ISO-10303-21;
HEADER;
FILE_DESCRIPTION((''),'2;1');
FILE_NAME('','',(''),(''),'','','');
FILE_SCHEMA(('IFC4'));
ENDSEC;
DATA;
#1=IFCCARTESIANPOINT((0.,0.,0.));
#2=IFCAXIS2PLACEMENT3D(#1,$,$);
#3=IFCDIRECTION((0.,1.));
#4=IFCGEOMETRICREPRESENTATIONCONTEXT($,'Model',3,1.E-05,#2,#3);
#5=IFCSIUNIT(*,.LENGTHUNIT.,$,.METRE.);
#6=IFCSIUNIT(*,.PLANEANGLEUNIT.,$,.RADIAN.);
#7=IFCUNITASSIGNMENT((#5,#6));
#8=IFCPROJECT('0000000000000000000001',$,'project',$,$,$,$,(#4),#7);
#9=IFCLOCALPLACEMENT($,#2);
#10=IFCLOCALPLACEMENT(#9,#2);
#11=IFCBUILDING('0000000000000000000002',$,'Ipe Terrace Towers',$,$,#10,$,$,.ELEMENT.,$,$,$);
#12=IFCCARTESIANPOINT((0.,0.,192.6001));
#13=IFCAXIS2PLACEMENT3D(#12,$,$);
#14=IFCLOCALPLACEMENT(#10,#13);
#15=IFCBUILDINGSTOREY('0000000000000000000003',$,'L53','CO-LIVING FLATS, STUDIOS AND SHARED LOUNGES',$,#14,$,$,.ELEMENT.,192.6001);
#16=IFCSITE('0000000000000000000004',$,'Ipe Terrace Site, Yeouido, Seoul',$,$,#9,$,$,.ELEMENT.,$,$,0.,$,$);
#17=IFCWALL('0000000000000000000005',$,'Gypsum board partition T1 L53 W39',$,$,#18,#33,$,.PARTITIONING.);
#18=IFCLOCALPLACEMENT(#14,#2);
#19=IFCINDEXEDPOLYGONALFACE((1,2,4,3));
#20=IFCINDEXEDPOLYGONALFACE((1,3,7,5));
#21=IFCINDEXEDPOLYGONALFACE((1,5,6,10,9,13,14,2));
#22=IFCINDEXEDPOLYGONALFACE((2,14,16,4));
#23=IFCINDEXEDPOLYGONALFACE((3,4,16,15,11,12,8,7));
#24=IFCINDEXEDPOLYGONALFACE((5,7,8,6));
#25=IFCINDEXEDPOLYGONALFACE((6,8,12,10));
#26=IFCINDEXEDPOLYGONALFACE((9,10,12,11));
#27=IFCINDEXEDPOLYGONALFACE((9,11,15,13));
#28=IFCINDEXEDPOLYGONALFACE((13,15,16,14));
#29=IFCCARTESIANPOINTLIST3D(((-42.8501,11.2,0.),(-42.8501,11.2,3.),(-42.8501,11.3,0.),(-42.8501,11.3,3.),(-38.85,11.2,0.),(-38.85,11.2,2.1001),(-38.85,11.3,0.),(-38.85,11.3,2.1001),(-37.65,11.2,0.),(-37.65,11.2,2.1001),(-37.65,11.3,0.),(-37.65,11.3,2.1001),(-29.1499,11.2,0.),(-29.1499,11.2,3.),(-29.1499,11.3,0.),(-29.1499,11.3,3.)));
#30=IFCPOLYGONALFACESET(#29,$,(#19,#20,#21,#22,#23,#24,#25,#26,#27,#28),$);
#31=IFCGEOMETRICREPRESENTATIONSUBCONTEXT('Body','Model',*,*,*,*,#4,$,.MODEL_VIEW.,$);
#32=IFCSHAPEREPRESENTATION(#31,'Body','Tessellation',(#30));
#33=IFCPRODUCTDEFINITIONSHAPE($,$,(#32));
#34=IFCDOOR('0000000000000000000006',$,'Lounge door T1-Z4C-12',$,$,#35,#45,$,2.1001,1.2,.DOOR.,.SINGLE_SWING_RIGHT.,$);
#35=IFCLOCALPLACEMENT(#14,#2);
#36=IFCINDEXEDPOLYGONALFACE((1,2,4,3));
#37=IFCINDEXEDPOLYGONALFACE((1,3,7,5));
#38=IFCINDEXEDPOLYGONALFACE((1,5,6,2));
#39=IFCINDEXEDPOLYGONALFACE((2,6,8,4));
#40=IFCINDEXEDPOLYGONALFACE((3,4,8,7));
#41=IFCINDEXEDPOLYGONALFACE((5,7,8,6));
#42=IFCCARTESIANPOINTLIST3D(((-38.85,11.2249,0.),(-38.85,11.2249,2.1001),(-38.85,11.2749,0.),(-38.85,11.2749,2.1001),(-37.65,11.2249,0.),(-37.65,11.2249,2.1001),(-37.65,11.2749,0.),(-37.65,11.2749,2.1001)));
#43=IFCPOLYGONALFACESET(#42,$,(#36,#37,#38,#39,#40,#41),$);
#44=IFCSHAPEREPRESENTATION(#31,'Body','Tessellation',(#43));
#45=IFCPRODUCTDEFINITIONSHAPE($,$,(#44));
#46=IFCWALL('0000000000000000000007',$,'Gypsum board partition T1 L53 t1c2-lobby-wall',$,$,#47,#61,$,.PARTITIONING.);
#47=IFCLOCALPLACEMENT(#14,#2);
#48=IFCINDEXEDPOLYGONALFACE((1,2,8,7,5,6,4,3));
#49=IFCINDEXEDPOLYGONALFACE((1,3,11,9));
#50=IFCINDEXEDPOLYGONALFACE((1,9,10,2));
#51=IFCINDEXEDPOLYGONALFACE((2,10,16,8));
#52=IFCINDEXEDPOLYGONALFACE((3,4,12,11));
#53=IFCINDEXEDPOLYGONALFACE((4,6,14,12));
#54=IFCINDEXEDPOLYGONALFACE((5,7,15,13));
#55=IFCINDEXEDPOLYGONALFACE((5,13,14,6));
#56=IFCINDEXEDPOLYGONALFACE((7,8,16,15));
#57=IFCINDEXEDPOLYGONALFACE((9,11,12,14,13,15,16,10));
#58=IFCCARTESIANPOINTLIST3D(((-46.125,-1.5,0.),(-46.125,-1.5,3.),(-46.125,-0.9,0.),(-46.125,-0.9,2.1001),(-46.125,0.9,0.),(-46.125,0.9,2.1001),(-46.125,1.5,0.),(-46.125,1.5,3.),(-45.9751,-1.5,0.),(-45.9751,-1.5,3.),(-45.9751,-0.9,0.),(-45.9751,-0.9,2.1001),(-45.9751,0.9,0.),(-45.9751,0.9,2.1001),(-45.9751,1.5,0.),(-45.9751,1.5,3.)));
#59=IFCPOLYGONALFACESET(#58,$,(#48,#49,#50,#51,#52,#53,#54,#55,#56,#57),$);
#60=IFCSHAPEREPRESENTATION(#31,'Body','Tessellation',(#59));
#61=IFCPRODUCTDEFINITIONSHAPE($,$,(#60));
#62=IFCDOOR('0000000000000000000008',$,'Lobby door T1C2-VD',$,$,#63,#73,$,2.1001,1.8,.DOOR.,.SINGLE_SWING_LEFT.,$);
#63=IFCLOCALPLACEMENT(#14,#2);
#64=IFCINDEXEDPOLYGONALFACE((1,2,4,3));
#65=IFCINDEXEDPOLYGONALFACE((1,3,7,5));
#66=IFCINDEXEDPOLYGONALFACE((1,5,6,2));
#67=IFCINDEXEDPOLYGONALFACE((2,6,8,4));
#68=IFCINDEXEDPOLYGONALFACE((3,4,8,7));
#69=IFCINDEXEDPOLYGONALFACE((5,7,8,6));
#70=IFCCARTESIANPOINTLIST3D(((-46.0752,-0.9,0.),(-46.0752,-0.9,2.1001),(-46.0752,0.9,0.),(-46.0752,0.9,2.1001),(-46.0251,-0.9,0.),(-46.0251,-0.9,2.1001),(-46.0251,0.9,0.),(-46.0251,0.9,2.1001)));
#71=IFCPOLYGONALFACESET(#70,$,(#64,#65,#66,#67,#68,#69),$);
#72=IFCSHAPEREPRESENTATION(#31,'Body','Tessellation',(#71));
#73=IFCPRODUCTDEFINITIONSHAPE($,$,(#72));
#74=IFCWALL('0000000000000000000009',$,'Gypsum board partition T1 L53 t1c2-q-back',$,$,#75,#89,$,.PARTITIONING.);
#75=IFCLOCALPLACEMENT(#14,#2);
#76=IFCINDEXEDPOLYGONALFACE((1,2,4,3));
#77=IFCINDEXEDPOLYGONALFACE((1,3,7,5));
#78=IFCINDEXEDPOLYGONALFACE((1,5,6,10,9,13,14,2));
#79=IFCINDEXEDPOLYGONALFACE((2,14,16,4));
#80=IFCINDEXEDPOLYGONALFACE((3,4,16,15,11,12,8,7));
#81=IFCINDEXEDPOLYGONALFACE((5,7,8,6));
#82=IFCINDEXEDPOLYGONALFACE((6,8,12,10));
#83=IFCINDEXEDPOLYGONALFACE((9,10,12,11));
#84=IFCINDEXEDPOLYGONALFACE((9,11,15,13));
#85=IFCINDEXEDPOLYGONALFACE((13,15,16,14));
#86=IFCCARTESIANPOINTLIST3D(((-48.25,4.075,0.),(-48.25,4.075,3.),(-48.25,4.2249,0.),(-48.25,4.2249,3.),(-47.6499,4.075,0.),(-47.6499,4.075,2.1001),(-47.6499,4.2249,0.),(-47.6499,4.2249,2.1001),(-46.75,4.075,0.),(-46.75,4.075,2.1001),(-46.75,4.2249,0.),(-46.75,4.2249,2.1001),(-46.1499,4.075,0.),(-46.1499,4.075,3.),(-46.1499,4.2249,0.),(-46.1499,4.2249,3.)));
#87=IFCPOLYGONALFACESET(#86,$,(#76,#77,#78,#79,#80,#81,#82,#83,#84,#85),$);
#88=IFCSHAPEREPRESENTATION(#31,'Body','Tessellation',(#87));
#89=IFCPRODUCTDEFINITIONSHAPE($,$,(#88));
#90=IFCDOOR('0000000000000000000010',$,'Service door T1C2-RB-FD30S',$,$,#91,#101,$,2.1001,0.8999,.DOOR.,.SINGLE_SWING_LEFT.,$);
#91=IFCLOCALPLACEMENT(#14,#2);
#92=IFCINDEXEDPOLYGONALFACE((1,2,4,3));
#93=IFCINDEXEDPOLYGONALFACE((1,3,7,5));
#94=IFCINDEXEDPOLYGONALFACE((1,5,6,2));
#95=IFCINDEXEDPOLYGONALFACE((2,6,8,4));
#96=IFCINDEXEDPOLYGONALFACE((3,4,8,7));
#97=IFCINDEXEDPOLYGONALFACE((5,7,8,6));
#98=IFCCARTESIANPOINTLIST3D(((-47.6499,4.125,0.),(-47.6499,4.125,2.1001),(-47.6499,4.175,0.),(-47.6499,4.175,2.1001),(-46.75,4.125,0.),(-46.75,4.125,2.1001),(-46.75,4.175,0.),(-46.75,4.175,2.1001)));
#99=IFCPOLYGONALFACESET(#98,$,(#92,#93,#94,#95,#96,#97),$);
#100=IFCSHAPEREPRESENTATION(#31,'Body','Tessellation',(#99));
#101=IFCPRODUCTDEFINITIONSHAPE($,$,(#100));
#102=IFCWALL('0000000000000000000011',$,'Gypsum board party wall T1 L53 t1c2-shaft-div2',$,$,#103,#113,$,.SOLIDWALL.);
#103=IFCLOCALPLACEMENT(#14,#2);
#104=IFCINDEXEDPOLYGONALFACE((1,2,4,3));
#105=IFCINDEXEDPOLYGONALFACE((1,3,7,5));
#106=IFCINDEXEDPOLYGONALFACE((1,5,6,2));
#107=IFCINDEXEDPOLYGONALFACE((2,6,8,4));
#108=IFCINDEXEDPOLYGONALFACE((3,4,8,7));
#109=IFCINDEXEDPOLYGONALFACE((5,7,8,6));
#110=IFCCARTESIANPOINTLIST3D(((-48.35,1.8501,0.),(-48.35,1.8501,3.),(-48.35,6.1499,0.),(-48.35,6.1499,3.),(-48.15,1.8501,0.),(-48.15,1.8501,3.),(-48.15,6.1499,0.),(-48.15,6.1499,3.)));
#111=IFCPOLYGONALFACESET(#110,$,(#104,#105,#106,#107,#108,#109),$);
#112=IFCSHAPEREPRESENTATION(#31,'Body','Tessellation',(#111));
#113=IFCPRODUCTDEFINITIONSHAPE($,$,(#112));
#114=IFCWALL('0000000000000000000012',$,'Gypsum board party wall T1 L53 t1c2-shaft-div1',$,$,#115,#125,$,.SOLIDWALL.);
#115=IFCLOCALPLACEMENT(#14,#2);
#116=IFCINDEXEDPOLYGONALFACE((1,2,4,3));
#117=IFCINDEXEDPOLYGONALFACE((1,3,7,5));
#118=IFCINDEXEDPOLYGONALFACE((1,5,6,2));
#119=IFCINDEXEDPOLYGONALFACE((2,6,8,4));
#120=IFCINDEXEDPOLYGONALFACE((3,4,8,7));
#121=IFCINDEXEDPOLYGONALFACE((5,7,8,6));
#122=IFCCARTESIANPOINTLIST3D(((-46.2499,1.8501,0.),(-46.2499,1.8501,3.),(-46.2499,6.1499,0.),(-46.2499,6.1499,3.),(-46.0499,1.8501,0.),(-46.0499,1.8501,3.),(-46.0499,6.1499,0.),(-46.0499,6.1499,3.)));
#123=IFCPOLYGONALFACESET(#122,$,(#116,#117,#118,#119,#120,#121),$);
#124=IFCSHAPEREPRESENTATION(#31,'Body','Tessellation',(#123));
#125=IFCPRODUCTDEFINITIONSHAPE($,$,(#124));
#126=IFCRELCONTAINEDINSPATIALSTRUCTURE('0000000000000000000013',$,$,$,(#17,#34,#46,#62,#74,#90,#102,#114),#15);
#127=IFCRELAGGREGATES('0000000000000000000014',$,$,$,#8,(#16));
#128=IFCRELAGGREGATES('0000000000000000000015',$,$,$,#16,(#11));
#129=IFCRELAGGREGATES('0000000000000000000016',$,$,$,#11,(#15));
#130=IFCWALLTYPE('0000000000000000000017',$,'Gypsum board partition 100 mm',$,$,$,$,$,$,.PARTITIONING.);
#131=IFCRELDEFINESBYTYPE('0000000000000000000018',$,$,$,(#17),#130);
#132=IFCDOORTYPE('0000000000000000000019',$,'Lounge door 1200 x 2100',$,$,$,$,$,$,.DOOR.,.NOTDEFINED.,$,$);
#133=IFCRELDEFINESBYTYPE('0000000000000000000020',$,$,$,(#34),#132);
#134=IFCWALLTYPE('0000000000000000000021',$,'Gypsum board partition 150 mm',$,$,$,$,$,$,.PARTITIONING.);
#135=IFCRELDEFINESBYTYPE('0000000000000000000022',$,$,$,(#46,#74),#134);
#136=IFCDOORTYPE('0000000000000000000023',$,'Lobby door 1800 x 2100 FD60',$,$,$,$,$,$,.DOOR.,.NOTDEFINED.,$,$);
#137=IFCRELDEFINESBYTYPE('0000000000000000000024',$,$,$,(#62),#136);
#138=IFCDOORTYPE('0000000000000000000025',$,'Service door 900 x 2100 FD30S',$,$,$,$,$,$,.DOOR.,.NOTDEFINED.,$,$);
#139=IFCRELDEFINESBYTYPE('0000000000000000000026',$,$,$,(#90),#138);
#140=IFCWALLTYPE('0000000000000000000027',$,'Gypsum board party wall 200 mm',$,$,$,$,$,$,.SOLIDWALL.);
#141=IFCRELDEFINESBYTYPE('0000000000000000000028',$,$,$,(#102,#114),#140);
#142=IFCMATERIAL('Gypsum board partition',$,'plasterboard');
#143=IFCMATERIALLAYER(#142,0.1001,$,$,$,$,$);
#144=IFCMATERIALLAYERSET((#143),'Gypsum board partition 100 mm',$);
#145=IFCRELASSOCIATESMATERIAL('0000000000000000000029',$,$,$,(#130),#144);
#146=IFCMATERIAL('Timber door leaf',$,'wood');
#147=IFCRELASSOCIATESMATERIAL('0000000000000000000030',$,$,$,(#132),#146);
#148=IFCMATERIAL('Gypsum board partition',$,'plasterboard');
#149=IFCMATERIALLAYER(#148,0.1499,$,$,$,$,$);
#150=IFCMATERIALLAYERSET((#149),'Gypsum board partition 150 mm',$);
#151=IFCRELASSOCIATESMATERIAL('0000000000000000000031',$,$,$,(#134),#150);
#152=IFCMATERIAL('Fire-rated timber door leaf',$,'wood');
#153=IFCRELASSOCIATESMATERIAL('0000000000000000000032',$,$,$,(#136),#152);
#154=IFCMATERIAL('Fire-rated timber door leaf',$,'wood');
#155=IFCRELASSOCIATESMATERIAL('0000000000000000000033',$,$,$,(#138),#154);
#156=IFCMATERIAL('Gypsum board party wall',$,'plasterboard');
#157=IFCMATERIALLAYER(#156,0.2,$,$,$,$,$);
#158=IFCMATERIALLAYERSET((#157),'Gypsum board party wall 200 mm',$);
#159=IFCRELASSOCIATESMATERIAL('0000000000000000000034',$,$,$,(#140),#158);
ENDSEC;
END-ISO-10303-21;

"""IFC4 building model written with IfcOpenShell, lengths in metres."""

from ifc_helpers import new_model, si_unit, direction, frame, frame_2d, origin, place, context, subcontext, project, spatial, rectangle, extrude, material, layer, layer_set, type_object, element, fill, save


model = new_model("IFC4")

# Units and contexts
model_context = context("Model", 3, precision=1e-05, world=origin(), true_north=direction((0.0, 1.0)))
body_context = subcontext(model_context, "Body", "Model", "MODEL_VIEW")
ifc_project = project(units=[si_unit("LENGTHUNIT", "METRE"), si_unit("PLANEANGLEUNIT", "RADIAN")], contexts=[model_context])

# Site, building, storey
site_placement = place(None, origin())
site = spatial("IfcSite", under=ifc_project, at=site_placement, Name="Ipe Terrace Site, Yeouido, Seoul", CompositionType="ELEMENT", RefElevation=0.0)
building_placement = place(site_placement, origin())
building = spatial("IfcBuilding", under=site, at=building_placement, Name="Ipe Terrace Towers", CompositionType="ELEMENT")
storey_placement = place(building_placement, frame((0.0, 0.0, 192.6001)))
storey = spatial("IfcBuildingStorey", under=building, at=storey_placement, Name="L53", Description="CO-LIVING FLATS, STUDIOS AND SHARED LOUNGES", CompositionType="ELEMENT", Elevation=192.6001)

# Shared definitions
ifc_material_1 = material(Name="Gypsum board partition", Category="plasterboard")
ifc_layer_1 = layer(ifc_material_1, 0.1001)
ifc_layer_set_1 = layer_set([ifc_layer_1], Name="Gypsum board partition 100 mm")
wall_type_1 = type_object("IfcWallType", Name="Gypsum board partition 100 mm", PredefinedType="PARTITIONING", material=ifc_layer_set_1)

# Walls, openings, doors
wall_1_placement = place(storey_placement, frame((-42.8501, 11.25, 0.0), z_axis=(0.0, 0.0, 1.0), x_axis=(1.0, 0.0, 0.0)))
wall_1 = element("IfcWall", 1, at=wall_1_placement, inside=storey, type_object=wall_type_1, Name="Gypsum board partition T1 L53 W39", PredefinedType="PARTITIONING", context=body_context, shape_type="SweptSolid", body=[
    extrude(rectangle(XDim=13.7002, YDim=0.1001, at=frame_2d((6.8501, 0.0))), origin(), (0.0, 0.0, 1.0), 3.0),
])
opening_1_placement = place(wall_1_placement, frame((4.0, 0.0, 0.0)))
opening_1 = element("IfcOpeningElement", 2, at=opening_1_placement, cuts=wall_1, PredefinedType="OPENING", context=body_context, shape_type="SweptSolid", body=[
    extrude(rectangle(XDim=1.2, YDim=2.1001, at=frame_2d((0.6001, 1.05))), frame((0.0, 0.0601, 0.0), z_axis=(0.0, -1.0, 0.0), x_axis=(1.0, 0.0, 0.0)), (0.0, 0.0, 1.0), 0.1201),
])
ifc_material_2 = material(Name="Timber door leaf", Category="wood")
door_type_1 = type_object("IfcDoorType", Name="Lounge door 1200 x 2100", OperationType="NOTDEFINED", PredefinedType="DOOR", material=ifc_material_2)
door_1_placement = place(opening_1_placement, origin())
door_1 = element("IfcDoor", 3, at=door_1_placement, inside=storey, type_object=door_type_1, Name="Lounge door T1-Z4C-12", OperationType="SINGLE_SWING_RIGHT", OverallHeight=2.1001, OverallWidth=1.2, PredefinedType="DOOR", context=body_context, shape_type="SweptSolid", body=[
    extrude(rectangle(XDim=1.2, YDim=2.1001, at=frame_2d((0.6001, 1.05))), frame((0.0, 0.0249, 0.0), z_axis=(0.0, -1.0, 0.0), x_axis=(1.0, 0.0, 0.0)), (0.0, 0.0, 1.0), 0.05),
])
fill(opening_1, door_1)
ifc_material_3 = material(Name="Gypsum board partition", Category="plasterboard")
ifc_layer_2 = layer(ifc_material_3, 0.1499)
ifc_layer_set_2 = layer_set([ifc_layer_2], Name="Gypsum board partition 150 mm")
wall_type_2 = type_object("IfcWallType", Name="Gypsum board partition 150 mm", PredefinedType="PARTITIONING", material=ifc_layer_set_2)
wall_2_placement = place(storey_placement, frame((-46.05, 1.5, 0.0), z_axis=(0.0, 0.0, 1.0), x_axis=(0.0, -1.0, 0.0)))
wall_2 = element("IfcWall", 4, at=wall_2_placement, inside=storey, type_object=wall_type_2, Name="Gypsum board partition T1 L53 t1c2-lobby-wall", PredefinedType="PARTITIONING", context=body_context, shape_type="SweptSolid", body=[
    extrude(rectangle(XDim=3.0, YDim=0.1499, at=frame_2d((1.5, 0.0))), origin(), (0.0, 0.0, 1.0), 3.0),
])
opening_2_placement = place(wall_2_placement, frame((0.6001, 0.0, 0.0)))
opening_2 = element("IfcOpeningElement", 5, at=opening_2_placement, cuts=wall_2, PredefinedType="OPENING", context=body_context, shape_type="SweptSolid", body=[
    extrude(rectangle(XDim=1.8, YDim=2.1001, at=frame_2d((0.8999, 1.05))), frame((0.0, 0.085, 0.0), z_axis=(0.0, -1.0, 0.0), x_axis=(1.0, 0.0, 0.0)), (0.0, 0.0, 1.0), 0.1699),
])
ifc_material_4 = material(Name="Fire-rated timber door leaf", Category="wood")
door_type_2 = type_object("IfcDoorType", Name="Lobby door 1800 x 2100 FD60", OperationType="NOTDEFINED", PredefinedType="DOOR", material=ifc_material_4)
door_2_placement = place(opening_2_placement, origin())
door_2 = element("IfcDoor", 6, at=door_2_placement, inside=storey, type_object=door_type_2, Name="Lobby door T1C2-VD", OperationType="SINGLE_SWING_LEFT", OverallHeight=2.1001, OverallWidth=1.8, PredefinedType="DOOR", context=body_context, shape_type="SweptSolid", body=[
    extrude(rectangle(XDim=1.8, YDim=2.1001, at=frame_2d((0.8999, 1.05))), frame((0.0, 0.0249, 0.0), z_axis=(0.0, -1.0, 0.0), x_axis=(1.0, 0.0, 0.0)), (0.0, 0.0, 1.0), 0.05),
])
fill(opening_2, door_2)
wall_3_placement = place(storey_placement, frame((-46.1499, 4.1499, 0.0), z_axis=(0.0, 0.0, 1.0), x_axis=(-1.0, 0.0, 0.0)))
wall_3 = element("IfcWall", 7, at=wall_3_placement, inside=storey, type_object=wall_type_2, Name="Gypsum board partition T1 L53 t1c2-q-back", PredefinedType="PARTITIONING", context=body_context, shape_type="SweptSolid", body=[
    extrude(rectangle(XDim=2.1001, YDim=0.1499, at=frame_2d((1.05, 0.0))), origin(), (0.0, 0.0, 1.0), 3.0),
])
opening_3_placement = place(wall_3_placement, frame((0.6001, 0.0, 0.0)))
opening_3 = element("IfcOpeningElement", 8, at=opening_3_placement, cuts=wall_3, PredefinedType="OPENING", context=body_context, shape_type="SweptSolid", body=[
    extrude(rectangle(XDim=0.8999, YDim=2.1001, at=frame_2d((0.45, 1.05))), frame((0.0, 0.085, 0.0), z_axis=(0.0, -1.0, 0.0), x_axis=(1.0, 0.0, 0.0)), (0.0, 0.0, 1.0), 0.1699),
])
ifc_material_5 = material(Name="Fire-rated timber door leaf", Category="wood")
door_type_3 = type_object("IfcDoorType", Name="Service door 900 x 2100 FD30S", OperationType="NOTDEFINED", PredefinedType="DOOR", material=ifc_material_5)
door_3_placement = place(opening_3_placement, origin())
door_3 = element("IfcDoor", 9, at=door_3_placement, inside=storey, type_object=door_type_3, Name="Service door T1C2-RB-FD30S", OperationType="SINGLE_SWING_LEFT", OverallHeight=2.1001, OverallWidth=0.8999, PredefinedType="DOOR", context=body_context, shape_type="SweptSolid", body=[
    extrude(rectangle(XDim=0.8999, YDim=2.1001, at=frame_2d((0.45, 1.05))), frame((0.0, 0.0249, 0.0), z_axis=(0.0, -1.0, 0.0), x_axis=(1.0, 0.0, 0.0)), (0.0, 0.0, 1.0), 0.05),
])
fill(opening_3, door_3)

# Walls
ifc_material_6 = material(Name="Gypsum board party wall", Category="plasterboard")
ifc_layer_3 = layer(ifc_material_6, 0.2)
ifc_layer_set_3 = layer_set([ifc_layer_3], Name="Gypsum board party wall 200 mm")
wall_type_3 = type_object("IfcWallType", Name="Gypsum board party wall 200 mm", PredefinedType="SOLIDWALL", material=ifc_layer_set_3)
for number, where, z_axis, x_axis, name in (
    (10, (-48.25, 6.1499, 0.0), (0.0, 0.0, 1.0), (0.0, -1.0, 0.0), "Gypsum board party wall T1 L53 t1c2-shaft-div2"),
    (11, (-46.1499, 6.1499, 0.0), (0.0, 0.0, 1.0), (0.0, -1.0, 0.0), "Gypsum board party wall T1 L53 t1c2-shaft-div1"),
):
    element("IfcWall", number, at=place(storey_placement, frame(where, z_axis=z_axis, x_axis=x_axis)), inside=storey, type_object=wall_type_3, Name=name, PredefinedType="SOLIDWALL", context=body_context, shape_type="SweptSolid", body=[
        extrude(rectangle(XDim=4.2998, YDim=0.2, at=frame_2d((2.1499, 0.0))), origin(), (0.0, 0.0, 1.0), 3.0),
    ])

save(model, "model.ifc")
